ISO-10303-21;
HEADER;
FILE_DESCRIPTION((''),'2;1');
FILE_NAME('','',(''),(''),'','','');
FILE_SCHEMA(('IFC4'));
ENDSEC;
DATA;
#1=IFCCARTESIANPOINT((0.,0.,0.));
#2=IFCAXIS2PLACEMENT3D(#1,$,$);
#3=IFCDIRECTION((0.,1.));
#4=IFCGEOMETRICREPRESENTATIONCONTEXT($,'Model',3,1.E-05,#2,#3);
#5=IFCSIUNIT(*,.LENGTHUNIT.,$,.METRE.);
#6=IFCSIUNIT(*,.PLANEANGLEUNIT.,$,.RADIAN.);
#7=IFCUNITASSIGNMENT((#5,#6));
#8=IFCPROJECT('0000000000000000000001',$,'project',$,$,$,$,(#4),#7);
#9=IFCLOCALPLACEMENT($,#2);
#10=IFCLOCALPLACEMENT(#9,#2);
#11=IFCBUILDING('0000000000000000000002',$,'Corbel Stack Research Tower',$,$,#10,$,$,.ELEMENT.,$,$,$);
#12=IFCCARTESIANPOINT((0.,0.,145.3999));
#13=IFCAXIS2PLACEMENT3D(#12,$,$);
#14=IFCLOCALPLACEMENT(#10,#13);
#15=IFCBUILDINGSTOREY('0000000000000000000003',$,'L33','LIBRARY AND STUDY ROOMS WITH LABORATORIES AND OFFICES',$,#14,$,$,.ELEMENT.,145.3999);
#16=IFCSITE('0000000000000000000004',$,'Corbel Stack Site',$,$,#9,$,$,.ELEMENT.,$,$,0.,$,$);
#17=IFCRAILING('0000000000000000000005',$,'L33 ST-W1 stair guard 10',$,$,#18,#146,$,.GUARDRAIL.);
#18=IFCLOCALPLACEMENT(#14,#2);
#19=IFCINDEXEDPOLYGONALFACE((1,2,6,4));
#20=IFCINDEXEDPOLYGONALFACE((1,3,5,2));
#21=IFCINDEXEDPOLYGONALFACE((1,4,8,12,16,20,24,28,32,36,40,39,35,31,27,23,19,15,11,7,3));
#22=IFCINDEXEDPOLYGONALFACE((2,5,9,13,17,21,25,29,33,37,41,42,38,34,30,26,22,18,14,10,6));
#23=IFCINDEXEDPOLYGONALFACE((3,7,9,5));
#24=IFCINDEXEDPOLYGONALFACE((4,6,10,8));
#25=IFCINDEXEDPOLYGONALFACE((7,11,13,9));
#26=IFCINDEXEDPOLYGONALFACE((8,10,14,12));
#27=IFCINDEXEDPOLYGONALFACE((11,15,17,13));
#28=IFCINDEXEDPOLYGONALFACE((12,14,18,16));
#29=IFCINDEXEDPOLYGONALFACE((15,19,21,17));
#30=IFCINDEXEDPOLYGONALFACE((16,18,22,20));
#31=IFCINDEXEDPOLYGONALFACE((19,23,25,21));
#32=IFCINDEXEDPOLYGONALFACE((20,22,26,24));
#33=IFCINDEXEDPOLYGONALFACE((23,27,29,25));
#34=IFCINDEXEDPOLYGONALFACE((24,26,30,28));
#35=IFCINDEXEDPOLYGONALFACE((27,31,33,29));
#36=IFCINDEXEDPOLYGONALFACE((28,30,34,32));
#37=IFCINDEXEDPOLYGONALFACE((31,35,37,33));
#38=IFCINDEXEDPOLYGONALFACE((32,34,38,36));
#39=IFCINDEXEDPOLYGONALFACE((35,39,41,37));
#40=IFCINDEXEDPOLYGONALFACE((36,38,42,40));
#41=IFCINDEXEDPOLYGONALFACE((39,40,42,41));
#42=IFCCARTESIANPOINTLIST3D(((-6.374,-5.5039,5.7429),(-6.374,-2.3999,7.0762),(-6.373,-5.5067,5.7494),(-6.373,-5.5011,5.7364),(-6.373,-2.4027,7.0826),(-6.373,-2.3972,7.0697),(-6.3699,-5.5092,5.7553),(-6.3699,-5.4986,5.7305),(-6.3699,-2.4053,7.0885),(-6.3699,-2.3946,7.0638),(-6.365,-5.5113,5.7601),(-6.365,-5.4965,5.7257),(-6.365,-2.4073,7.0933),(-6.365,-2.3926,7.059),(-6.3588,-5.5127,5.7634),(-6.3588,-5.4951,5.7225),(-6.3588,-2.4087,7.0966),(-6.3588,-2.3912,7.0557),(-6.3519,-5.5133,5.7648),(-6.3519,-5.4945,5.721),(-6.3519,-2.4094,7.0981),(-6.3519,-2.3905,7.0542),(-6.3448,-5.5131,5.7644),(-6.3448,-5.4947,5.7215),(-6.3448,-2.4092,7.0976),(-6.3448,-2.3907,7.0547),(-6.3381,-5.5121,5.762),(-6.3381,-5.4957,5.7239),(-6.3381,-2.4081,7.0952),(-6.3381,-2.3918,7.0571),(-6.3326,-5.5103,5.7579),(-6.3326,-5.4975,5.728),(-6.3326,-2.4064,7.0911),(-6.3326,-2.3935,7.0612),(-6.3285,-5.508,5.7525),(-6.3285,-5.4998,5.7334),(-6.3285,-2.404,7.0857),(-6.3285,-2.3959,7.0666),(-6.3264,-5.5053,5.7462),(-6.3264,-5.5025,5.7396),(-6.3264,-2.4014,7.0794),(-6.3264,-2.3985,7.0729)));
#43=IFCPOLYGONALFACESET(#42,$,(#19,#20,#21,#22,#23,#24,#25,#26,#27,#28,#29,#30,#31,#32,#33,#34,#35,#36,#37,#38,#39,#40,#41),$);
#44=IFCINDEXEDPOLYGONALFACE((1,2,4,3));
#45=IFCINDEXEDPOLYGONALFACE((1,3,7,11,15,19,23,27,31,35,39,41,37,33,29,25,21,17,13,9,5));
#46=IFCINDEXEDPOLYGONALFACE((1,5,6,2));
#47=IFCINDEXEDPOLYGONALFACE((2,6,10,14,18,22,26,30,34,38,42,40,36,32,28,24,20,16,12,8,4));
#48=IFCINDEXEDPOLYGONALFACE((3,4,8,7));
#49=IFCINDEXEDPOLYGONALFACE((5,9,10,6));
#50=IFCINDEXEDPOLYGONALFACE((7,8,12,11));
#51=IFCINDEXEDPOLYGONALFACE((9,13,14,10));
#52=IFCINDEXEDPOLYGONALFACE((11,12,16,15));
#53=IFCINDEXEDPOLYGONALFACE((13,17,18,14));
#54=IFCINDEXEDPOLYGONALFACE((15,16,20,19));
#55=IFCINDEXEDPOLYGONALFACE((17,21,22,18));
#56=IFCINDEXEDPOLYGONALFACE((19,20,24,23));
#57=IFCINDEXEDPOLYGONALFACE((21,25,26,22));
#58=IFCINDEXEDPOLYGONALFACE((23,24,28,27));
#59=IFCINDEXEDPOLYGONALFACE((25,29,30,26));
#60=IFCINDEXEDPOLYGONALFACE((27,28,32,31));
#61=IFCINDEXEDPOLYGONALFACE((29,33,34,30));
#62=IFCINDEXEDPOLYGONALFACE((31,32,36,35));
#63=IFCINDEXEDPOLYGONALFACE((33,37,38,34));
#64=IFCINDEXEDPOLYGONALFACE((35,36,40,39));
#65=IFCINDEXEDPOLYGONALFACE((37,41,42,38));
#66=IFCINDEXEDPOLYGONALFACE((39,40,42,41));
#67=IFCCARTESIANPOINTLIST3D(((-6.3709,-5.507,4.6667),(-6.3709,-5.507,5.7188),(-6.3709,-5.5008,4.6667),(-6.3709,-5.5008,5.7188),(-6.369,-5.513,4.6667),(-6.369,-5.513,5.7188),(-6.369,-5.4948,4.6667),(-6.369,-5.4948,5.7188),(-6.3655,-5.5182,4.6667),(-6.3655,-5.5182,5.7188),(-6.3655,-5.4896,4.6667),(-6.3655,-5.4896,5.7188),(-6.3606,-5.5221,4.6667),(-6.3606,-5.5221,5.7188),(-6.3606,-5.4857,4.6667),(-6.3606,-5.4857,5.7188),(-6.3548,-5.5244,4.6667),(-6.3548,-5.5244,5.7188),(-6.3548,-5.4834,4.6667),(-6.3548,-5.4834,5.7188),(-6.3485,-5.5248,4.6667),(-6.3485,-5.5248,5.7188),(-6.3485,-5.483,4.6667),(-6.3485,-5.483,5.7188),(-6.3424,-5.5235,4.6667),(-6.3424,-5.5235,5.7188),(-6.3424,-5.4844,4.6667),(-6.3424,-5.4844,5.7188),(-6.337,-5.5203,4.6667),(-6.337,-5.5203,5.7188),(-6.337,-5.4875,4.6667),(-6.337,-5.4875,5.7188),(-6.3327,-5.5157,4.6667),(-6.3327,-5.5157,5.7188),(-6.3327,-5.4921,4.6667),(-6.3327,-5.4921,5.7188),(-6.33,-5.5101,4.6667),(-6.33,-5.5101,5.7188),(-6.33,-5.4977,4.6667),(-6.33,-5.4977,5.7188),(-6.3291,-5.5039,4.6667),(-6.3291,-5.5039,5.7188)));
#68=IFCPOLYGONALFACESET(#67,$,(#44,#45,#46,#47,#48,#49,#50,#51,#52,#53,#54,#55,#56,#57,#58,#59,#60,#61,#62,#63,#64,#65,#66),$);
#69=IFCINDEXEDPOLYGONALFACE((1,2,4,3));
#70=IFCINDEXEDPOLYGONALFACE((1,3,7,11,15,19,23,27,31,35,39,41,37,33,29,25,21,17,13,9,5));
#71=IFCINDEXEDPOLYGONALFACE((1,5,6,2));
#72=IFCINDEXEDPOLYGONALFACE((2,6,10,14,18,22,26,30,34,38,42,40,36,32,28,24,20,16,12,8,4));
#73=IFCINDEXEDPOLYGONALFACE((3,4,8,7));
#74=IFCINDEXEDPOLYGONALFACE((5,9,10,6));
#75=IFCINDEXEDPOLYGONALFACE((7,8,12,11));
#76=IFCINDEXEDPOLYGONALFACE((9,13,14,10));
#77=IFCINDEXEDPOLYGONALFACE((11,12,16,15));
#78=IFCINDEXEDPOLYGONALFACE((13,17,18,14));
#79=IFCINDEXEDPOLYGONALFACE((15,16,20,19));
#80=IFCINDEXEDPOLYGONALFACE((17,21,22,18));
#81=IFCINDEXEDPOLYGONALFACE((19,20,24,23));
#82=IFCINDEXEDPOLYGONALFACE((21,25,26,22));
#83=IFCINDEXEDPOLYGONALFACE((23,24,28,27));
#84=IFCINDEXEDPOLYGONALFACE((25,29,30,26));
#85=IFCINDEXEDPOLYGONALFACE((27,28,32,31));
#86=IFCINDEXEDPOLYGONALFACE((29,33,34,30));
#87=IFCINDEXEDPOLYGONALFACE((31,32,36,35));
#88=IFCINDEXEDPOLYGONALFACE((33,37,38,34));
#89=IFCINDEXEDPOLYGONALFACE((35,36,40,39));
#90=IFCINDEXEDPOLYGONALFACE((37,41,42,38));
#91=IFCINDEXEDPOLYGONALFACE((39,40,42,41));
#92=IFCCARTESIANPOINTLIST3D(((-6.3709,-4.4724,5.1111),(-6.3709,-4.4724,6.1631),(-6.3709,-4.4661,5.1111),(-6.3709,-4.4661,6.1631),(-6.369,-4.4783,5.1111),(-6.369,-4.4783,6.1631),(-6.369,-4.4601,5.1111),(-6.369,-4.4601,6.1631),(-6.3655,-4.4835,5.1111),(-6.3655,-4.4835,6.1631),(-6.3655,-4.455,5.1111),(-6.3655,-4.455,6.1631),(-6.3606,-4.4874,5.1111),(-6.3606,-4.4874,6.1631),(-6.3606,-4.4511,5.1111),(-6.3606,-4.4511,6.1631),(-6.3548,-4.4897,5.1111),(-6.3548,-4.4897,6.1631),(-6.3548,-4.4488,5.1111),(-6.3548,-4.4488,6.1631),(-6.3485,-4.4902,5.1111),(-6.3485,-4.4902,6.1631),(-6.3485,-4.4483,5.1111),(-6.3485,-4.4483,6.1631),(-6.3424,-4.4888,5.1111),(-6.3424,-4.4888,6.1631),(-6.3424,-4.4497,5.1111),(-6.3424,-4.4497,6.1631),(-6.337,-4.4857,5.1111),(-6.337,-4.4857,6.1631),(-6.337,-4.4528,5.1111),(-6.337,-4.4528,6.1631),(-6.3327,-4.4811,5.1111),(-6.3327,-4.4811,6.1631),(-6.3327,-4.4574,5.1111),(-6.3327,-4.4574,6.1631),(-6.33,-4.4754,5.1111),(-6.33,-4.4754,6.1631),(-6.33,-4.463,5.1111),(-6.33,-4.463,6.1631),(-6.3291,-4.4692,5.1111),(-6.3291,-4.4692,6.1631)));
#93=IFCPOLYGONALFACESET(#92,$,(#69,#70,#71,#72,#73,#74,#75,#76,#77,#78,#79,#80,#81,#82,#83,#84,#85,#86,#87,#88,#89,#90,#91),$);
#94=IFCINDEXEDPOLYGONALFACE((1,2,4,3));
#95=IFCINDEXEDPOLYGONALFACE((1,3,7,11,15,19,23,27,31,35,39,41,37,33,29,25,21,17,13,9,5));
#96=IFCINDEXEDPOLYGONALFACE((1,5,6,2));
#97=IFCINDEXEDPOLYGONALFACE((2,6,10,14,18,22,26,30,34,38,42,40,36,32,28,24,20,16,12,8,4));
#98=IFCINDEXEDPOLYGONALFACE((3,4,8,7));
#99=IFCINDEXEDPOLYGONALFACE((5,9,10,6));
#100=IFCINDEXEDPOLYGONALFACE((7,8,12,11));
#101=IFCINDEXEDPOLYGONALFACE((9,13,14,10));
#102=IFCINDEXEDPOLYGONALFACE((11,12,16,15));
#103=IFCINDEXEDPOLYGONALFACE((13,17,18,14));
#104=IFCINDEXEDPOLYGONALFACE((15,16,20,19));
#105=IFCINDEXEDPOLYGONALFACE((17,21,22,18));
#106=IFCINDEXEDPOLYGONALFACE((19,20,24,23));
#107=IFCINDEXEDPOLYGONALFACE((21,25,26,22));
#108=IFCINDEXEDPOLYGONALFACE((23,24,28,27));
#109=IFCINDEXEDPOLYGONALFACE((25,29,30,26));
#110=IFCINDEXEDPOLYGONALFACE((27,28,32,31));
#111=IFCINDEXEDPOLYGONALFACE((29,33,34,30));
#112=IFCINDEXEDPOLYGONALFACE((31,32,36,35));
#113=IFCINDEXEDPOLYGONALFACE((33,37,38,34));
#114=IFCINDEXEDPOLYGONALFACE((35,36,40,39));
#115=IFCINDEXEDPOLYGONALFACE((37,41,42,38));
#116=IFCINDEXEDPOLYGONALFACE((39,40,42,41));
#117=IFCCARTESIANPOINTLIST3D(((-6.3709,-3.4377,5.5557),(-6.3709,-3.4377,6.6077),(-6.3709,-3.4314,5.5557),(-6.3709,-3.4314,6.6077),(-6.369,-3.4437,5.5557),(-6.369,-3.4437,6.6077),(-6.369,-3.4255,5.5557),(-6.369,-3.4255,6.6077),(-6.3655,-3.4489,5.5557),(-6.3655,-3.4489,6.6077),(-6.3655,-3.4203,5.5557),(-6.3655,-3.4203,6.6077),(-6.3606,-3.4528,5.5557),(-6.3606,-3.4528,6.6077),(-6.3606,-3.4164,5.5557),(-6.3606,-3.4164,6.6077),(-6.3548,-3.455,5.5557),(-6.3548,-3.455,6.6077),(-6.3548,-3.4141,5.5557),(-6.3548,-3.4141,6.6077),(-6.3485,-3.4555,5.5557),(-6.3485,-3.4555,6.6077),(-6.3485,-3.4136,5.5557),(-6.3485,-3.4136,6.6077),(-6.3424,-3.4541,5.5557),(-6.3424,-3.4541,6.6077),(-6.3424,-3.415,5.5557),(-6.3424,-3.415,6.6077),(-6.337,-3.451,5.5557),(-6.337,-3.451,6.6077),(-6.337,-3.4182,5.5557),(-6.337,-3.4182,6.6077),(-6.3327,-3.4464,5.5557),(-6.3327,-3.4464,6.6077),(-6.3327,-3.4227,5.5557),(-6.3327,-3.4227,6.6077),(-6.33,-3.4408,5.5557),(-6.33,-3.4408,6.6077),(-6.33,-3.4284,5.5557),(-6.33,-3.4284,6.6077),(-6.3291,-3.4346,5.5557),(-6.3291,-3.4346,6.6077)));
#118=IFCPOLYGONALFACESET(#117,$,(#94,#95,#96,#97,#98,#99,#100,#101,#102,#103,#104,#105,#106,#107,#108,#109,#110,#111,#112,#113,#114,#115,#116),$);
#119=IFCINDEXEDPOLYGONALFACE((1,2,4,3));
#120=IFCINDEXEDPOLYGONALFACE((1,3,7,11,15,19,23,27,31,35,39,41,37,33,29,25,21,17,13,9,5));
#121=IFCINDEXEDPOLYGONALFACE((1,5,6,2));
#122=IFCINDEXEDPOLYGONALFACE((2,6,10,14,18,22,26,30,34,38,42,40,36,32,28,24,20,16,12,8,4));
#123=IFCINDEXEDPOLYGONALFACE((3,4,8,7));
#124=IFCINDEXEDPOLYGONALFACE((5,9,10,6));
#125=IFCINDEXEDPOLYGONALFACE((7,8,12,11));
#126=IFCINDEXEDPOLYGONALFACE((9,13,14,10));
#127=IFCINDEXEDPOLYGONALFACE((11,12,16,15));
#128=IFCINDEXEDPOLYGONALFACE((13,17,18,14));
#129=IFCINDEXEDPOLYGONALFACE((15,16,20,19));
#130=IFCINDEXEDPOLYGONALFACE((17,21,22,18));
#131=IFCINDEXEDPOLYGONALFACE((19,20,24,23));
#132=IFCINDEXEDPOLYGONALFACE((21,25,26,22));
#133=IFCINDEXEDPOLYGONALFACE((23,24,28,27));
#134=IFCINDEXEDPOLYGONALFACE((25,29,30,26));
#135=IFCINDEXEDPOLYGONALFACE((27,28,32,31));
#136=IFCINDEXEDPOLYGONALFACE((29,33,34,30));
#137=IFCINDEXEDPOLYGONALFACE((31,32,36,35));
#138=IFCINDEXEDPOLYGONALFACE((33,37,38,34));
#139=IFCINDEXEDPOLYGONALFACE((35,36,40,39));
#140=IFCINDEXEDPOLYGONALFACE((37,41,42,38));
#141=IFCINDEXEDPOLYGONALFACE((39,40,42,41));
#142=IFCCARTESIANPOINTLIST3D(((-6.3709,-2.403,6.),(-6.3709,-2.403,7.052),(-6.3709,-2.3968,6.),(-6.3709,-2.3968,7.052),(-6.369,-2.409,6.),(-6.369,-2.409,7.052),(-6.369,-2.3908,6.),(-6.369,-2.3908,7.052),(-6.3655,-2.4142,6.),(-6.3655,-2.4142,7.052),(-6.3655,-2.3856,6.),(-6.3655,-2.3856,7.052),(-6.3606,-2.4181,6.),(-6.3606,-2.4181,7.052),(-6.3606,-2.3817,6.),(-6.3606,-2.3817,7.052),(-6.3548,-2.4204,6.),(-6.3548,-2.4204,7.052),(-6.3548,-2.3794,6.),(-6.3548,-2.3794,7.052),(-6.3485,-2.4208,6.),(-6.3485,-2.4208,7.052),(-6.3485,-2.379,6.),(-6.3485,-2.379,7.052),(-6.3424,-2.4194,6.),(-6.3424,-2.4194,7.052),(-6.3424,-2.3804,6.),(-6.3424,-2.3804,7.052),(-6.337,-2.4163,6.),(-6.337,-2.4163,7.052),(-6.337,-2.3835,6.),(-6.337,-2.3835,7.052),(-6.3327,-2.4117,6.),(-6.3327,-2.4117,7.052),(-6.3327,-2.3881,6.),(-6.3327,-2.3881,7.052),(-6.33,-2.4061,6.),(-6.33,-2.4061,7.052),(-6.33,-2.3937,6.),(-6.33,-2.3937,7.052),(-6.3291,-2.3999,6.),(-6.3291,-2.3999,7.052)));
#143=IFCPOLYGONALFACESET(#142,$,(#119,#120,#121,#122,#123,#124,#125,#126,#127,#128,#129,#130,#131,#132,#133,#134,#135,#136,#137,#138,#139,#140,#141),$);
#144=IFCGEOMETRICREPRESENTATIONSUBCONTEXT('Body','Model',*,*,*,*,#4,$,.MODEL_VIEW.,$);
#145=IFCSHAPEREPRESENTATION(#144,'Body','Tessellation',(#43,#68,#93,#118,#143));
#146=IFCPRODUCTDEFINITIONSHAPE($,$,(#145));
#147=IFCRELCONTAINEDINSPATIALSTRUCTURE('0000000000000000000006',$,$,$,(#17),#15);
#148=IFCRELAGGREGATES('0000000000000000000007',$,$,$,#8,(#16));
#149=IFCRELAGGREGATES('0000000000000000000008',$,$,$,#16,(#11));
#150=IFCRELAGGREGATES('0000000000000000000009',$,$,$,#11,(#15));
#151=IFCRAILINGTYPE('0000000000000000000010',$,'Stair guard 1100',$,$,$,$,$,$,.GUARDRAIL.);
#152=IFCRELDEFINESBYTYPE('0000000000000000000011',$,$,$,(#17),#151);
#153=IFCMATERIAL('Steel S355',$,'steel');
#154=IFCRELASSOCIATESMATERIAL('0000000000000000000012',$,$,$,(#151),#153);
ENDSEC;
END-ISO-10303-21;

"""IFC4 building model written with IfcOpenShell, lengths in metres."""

from ifc_helpers import new_model, si_unit, direction, frame, origin, origin_2d, place, context, subcontext, project, spatial, circle, extrude, material, type_object, element, save


model = new_model("IFC4")

# Units and contexts
model_context = context("Model", 3, precision=1e-05, world=origin(), true_north=direction((0.0, 1.0)))
body_context = subcontext(model_context, "Body", "Model", "MODEL_VIEW")
ifc_project = project(units=[si_unit("LENGTHUNIT", "METRE"), si_unit("PLANEANGLEUNIT", "RADIAN")], contexts=[model_context])

# Site, building, storey
site_placement = place(None, origin())
site = spatial("IfcSite", under=ifc_project, at=site_placement, Name="Corbel Stack Site", CompositionType="ELEMENT", RefElevation=0.0)
building_placement = place(site_placement, origin())
building = spatial("IfcBuilding", under=site, at=building_placement, Name="Corbel Stack Research Tower", CompositionType="ELEMENT")
storey_placement = place(building_placement, frame((0.0, 0.0, 145.3999)))
storey = spatial("IfcBuildingStorey", under=building, at=storey_placement, Name="L33", Description="LIBRARY AND STUDY ROOMS WITH LABORATORIES AND OFFICES", CompositionType="ELEMENT", Elevation=145.3999)

# Railing
ifc_material_1 = material(Name="Steel S355", Category="steel")
railing_type_1 = type_object("IfcRailingType", Name="Stair guard 1100", PredefinedType="GUARDRAIL", material=ifc_material_1)
railing_1_placement = place(storey_placement, frame((-6.3501, -5.5039, 4.6667)))
element("IfcRailing", 1, at=railing_1_placement, inside=storey, type_object=railing_type_1, Name="L33 ST-W1 stair guard 10", PredefinedType="GUARDRAIL", context=body_context, shape_type="SweptSolid", body=[
    extrude(circle(Radius=0.0239, at=origin_2d()), frame((0.0, 0.0, 1.0762), z_axis=(0.0, 0.918827, 0.394661), x_axis=(-1.0, 0.0, 0.0)), (0.0, 0.0, 1.0), 3.3782),
    extrude(circle(Radius=0.021, at=origin_2d()), origin(), (0.0, 0.0, 1.0), 1.052),
    extrude(circle(Radius=0.021, at=origin_2d()), frame((0.0, 1.0347, 0.4443)), (0.0, 0.0, 1.0), 1.052),
    extrude(circle(Radius=0.021, at=origin_2d()), frame((0.0, 2.0693, 0.8889)), (0.0, 0.0, 1.0), 1.052),
    extrude(circle(Radius=0.021, at=origin_2d()), frame((0.0, 3.104, 1.3333)), (0.0, 0.0, 1.0), 1.052),
])

save(model, "model.ifc")
